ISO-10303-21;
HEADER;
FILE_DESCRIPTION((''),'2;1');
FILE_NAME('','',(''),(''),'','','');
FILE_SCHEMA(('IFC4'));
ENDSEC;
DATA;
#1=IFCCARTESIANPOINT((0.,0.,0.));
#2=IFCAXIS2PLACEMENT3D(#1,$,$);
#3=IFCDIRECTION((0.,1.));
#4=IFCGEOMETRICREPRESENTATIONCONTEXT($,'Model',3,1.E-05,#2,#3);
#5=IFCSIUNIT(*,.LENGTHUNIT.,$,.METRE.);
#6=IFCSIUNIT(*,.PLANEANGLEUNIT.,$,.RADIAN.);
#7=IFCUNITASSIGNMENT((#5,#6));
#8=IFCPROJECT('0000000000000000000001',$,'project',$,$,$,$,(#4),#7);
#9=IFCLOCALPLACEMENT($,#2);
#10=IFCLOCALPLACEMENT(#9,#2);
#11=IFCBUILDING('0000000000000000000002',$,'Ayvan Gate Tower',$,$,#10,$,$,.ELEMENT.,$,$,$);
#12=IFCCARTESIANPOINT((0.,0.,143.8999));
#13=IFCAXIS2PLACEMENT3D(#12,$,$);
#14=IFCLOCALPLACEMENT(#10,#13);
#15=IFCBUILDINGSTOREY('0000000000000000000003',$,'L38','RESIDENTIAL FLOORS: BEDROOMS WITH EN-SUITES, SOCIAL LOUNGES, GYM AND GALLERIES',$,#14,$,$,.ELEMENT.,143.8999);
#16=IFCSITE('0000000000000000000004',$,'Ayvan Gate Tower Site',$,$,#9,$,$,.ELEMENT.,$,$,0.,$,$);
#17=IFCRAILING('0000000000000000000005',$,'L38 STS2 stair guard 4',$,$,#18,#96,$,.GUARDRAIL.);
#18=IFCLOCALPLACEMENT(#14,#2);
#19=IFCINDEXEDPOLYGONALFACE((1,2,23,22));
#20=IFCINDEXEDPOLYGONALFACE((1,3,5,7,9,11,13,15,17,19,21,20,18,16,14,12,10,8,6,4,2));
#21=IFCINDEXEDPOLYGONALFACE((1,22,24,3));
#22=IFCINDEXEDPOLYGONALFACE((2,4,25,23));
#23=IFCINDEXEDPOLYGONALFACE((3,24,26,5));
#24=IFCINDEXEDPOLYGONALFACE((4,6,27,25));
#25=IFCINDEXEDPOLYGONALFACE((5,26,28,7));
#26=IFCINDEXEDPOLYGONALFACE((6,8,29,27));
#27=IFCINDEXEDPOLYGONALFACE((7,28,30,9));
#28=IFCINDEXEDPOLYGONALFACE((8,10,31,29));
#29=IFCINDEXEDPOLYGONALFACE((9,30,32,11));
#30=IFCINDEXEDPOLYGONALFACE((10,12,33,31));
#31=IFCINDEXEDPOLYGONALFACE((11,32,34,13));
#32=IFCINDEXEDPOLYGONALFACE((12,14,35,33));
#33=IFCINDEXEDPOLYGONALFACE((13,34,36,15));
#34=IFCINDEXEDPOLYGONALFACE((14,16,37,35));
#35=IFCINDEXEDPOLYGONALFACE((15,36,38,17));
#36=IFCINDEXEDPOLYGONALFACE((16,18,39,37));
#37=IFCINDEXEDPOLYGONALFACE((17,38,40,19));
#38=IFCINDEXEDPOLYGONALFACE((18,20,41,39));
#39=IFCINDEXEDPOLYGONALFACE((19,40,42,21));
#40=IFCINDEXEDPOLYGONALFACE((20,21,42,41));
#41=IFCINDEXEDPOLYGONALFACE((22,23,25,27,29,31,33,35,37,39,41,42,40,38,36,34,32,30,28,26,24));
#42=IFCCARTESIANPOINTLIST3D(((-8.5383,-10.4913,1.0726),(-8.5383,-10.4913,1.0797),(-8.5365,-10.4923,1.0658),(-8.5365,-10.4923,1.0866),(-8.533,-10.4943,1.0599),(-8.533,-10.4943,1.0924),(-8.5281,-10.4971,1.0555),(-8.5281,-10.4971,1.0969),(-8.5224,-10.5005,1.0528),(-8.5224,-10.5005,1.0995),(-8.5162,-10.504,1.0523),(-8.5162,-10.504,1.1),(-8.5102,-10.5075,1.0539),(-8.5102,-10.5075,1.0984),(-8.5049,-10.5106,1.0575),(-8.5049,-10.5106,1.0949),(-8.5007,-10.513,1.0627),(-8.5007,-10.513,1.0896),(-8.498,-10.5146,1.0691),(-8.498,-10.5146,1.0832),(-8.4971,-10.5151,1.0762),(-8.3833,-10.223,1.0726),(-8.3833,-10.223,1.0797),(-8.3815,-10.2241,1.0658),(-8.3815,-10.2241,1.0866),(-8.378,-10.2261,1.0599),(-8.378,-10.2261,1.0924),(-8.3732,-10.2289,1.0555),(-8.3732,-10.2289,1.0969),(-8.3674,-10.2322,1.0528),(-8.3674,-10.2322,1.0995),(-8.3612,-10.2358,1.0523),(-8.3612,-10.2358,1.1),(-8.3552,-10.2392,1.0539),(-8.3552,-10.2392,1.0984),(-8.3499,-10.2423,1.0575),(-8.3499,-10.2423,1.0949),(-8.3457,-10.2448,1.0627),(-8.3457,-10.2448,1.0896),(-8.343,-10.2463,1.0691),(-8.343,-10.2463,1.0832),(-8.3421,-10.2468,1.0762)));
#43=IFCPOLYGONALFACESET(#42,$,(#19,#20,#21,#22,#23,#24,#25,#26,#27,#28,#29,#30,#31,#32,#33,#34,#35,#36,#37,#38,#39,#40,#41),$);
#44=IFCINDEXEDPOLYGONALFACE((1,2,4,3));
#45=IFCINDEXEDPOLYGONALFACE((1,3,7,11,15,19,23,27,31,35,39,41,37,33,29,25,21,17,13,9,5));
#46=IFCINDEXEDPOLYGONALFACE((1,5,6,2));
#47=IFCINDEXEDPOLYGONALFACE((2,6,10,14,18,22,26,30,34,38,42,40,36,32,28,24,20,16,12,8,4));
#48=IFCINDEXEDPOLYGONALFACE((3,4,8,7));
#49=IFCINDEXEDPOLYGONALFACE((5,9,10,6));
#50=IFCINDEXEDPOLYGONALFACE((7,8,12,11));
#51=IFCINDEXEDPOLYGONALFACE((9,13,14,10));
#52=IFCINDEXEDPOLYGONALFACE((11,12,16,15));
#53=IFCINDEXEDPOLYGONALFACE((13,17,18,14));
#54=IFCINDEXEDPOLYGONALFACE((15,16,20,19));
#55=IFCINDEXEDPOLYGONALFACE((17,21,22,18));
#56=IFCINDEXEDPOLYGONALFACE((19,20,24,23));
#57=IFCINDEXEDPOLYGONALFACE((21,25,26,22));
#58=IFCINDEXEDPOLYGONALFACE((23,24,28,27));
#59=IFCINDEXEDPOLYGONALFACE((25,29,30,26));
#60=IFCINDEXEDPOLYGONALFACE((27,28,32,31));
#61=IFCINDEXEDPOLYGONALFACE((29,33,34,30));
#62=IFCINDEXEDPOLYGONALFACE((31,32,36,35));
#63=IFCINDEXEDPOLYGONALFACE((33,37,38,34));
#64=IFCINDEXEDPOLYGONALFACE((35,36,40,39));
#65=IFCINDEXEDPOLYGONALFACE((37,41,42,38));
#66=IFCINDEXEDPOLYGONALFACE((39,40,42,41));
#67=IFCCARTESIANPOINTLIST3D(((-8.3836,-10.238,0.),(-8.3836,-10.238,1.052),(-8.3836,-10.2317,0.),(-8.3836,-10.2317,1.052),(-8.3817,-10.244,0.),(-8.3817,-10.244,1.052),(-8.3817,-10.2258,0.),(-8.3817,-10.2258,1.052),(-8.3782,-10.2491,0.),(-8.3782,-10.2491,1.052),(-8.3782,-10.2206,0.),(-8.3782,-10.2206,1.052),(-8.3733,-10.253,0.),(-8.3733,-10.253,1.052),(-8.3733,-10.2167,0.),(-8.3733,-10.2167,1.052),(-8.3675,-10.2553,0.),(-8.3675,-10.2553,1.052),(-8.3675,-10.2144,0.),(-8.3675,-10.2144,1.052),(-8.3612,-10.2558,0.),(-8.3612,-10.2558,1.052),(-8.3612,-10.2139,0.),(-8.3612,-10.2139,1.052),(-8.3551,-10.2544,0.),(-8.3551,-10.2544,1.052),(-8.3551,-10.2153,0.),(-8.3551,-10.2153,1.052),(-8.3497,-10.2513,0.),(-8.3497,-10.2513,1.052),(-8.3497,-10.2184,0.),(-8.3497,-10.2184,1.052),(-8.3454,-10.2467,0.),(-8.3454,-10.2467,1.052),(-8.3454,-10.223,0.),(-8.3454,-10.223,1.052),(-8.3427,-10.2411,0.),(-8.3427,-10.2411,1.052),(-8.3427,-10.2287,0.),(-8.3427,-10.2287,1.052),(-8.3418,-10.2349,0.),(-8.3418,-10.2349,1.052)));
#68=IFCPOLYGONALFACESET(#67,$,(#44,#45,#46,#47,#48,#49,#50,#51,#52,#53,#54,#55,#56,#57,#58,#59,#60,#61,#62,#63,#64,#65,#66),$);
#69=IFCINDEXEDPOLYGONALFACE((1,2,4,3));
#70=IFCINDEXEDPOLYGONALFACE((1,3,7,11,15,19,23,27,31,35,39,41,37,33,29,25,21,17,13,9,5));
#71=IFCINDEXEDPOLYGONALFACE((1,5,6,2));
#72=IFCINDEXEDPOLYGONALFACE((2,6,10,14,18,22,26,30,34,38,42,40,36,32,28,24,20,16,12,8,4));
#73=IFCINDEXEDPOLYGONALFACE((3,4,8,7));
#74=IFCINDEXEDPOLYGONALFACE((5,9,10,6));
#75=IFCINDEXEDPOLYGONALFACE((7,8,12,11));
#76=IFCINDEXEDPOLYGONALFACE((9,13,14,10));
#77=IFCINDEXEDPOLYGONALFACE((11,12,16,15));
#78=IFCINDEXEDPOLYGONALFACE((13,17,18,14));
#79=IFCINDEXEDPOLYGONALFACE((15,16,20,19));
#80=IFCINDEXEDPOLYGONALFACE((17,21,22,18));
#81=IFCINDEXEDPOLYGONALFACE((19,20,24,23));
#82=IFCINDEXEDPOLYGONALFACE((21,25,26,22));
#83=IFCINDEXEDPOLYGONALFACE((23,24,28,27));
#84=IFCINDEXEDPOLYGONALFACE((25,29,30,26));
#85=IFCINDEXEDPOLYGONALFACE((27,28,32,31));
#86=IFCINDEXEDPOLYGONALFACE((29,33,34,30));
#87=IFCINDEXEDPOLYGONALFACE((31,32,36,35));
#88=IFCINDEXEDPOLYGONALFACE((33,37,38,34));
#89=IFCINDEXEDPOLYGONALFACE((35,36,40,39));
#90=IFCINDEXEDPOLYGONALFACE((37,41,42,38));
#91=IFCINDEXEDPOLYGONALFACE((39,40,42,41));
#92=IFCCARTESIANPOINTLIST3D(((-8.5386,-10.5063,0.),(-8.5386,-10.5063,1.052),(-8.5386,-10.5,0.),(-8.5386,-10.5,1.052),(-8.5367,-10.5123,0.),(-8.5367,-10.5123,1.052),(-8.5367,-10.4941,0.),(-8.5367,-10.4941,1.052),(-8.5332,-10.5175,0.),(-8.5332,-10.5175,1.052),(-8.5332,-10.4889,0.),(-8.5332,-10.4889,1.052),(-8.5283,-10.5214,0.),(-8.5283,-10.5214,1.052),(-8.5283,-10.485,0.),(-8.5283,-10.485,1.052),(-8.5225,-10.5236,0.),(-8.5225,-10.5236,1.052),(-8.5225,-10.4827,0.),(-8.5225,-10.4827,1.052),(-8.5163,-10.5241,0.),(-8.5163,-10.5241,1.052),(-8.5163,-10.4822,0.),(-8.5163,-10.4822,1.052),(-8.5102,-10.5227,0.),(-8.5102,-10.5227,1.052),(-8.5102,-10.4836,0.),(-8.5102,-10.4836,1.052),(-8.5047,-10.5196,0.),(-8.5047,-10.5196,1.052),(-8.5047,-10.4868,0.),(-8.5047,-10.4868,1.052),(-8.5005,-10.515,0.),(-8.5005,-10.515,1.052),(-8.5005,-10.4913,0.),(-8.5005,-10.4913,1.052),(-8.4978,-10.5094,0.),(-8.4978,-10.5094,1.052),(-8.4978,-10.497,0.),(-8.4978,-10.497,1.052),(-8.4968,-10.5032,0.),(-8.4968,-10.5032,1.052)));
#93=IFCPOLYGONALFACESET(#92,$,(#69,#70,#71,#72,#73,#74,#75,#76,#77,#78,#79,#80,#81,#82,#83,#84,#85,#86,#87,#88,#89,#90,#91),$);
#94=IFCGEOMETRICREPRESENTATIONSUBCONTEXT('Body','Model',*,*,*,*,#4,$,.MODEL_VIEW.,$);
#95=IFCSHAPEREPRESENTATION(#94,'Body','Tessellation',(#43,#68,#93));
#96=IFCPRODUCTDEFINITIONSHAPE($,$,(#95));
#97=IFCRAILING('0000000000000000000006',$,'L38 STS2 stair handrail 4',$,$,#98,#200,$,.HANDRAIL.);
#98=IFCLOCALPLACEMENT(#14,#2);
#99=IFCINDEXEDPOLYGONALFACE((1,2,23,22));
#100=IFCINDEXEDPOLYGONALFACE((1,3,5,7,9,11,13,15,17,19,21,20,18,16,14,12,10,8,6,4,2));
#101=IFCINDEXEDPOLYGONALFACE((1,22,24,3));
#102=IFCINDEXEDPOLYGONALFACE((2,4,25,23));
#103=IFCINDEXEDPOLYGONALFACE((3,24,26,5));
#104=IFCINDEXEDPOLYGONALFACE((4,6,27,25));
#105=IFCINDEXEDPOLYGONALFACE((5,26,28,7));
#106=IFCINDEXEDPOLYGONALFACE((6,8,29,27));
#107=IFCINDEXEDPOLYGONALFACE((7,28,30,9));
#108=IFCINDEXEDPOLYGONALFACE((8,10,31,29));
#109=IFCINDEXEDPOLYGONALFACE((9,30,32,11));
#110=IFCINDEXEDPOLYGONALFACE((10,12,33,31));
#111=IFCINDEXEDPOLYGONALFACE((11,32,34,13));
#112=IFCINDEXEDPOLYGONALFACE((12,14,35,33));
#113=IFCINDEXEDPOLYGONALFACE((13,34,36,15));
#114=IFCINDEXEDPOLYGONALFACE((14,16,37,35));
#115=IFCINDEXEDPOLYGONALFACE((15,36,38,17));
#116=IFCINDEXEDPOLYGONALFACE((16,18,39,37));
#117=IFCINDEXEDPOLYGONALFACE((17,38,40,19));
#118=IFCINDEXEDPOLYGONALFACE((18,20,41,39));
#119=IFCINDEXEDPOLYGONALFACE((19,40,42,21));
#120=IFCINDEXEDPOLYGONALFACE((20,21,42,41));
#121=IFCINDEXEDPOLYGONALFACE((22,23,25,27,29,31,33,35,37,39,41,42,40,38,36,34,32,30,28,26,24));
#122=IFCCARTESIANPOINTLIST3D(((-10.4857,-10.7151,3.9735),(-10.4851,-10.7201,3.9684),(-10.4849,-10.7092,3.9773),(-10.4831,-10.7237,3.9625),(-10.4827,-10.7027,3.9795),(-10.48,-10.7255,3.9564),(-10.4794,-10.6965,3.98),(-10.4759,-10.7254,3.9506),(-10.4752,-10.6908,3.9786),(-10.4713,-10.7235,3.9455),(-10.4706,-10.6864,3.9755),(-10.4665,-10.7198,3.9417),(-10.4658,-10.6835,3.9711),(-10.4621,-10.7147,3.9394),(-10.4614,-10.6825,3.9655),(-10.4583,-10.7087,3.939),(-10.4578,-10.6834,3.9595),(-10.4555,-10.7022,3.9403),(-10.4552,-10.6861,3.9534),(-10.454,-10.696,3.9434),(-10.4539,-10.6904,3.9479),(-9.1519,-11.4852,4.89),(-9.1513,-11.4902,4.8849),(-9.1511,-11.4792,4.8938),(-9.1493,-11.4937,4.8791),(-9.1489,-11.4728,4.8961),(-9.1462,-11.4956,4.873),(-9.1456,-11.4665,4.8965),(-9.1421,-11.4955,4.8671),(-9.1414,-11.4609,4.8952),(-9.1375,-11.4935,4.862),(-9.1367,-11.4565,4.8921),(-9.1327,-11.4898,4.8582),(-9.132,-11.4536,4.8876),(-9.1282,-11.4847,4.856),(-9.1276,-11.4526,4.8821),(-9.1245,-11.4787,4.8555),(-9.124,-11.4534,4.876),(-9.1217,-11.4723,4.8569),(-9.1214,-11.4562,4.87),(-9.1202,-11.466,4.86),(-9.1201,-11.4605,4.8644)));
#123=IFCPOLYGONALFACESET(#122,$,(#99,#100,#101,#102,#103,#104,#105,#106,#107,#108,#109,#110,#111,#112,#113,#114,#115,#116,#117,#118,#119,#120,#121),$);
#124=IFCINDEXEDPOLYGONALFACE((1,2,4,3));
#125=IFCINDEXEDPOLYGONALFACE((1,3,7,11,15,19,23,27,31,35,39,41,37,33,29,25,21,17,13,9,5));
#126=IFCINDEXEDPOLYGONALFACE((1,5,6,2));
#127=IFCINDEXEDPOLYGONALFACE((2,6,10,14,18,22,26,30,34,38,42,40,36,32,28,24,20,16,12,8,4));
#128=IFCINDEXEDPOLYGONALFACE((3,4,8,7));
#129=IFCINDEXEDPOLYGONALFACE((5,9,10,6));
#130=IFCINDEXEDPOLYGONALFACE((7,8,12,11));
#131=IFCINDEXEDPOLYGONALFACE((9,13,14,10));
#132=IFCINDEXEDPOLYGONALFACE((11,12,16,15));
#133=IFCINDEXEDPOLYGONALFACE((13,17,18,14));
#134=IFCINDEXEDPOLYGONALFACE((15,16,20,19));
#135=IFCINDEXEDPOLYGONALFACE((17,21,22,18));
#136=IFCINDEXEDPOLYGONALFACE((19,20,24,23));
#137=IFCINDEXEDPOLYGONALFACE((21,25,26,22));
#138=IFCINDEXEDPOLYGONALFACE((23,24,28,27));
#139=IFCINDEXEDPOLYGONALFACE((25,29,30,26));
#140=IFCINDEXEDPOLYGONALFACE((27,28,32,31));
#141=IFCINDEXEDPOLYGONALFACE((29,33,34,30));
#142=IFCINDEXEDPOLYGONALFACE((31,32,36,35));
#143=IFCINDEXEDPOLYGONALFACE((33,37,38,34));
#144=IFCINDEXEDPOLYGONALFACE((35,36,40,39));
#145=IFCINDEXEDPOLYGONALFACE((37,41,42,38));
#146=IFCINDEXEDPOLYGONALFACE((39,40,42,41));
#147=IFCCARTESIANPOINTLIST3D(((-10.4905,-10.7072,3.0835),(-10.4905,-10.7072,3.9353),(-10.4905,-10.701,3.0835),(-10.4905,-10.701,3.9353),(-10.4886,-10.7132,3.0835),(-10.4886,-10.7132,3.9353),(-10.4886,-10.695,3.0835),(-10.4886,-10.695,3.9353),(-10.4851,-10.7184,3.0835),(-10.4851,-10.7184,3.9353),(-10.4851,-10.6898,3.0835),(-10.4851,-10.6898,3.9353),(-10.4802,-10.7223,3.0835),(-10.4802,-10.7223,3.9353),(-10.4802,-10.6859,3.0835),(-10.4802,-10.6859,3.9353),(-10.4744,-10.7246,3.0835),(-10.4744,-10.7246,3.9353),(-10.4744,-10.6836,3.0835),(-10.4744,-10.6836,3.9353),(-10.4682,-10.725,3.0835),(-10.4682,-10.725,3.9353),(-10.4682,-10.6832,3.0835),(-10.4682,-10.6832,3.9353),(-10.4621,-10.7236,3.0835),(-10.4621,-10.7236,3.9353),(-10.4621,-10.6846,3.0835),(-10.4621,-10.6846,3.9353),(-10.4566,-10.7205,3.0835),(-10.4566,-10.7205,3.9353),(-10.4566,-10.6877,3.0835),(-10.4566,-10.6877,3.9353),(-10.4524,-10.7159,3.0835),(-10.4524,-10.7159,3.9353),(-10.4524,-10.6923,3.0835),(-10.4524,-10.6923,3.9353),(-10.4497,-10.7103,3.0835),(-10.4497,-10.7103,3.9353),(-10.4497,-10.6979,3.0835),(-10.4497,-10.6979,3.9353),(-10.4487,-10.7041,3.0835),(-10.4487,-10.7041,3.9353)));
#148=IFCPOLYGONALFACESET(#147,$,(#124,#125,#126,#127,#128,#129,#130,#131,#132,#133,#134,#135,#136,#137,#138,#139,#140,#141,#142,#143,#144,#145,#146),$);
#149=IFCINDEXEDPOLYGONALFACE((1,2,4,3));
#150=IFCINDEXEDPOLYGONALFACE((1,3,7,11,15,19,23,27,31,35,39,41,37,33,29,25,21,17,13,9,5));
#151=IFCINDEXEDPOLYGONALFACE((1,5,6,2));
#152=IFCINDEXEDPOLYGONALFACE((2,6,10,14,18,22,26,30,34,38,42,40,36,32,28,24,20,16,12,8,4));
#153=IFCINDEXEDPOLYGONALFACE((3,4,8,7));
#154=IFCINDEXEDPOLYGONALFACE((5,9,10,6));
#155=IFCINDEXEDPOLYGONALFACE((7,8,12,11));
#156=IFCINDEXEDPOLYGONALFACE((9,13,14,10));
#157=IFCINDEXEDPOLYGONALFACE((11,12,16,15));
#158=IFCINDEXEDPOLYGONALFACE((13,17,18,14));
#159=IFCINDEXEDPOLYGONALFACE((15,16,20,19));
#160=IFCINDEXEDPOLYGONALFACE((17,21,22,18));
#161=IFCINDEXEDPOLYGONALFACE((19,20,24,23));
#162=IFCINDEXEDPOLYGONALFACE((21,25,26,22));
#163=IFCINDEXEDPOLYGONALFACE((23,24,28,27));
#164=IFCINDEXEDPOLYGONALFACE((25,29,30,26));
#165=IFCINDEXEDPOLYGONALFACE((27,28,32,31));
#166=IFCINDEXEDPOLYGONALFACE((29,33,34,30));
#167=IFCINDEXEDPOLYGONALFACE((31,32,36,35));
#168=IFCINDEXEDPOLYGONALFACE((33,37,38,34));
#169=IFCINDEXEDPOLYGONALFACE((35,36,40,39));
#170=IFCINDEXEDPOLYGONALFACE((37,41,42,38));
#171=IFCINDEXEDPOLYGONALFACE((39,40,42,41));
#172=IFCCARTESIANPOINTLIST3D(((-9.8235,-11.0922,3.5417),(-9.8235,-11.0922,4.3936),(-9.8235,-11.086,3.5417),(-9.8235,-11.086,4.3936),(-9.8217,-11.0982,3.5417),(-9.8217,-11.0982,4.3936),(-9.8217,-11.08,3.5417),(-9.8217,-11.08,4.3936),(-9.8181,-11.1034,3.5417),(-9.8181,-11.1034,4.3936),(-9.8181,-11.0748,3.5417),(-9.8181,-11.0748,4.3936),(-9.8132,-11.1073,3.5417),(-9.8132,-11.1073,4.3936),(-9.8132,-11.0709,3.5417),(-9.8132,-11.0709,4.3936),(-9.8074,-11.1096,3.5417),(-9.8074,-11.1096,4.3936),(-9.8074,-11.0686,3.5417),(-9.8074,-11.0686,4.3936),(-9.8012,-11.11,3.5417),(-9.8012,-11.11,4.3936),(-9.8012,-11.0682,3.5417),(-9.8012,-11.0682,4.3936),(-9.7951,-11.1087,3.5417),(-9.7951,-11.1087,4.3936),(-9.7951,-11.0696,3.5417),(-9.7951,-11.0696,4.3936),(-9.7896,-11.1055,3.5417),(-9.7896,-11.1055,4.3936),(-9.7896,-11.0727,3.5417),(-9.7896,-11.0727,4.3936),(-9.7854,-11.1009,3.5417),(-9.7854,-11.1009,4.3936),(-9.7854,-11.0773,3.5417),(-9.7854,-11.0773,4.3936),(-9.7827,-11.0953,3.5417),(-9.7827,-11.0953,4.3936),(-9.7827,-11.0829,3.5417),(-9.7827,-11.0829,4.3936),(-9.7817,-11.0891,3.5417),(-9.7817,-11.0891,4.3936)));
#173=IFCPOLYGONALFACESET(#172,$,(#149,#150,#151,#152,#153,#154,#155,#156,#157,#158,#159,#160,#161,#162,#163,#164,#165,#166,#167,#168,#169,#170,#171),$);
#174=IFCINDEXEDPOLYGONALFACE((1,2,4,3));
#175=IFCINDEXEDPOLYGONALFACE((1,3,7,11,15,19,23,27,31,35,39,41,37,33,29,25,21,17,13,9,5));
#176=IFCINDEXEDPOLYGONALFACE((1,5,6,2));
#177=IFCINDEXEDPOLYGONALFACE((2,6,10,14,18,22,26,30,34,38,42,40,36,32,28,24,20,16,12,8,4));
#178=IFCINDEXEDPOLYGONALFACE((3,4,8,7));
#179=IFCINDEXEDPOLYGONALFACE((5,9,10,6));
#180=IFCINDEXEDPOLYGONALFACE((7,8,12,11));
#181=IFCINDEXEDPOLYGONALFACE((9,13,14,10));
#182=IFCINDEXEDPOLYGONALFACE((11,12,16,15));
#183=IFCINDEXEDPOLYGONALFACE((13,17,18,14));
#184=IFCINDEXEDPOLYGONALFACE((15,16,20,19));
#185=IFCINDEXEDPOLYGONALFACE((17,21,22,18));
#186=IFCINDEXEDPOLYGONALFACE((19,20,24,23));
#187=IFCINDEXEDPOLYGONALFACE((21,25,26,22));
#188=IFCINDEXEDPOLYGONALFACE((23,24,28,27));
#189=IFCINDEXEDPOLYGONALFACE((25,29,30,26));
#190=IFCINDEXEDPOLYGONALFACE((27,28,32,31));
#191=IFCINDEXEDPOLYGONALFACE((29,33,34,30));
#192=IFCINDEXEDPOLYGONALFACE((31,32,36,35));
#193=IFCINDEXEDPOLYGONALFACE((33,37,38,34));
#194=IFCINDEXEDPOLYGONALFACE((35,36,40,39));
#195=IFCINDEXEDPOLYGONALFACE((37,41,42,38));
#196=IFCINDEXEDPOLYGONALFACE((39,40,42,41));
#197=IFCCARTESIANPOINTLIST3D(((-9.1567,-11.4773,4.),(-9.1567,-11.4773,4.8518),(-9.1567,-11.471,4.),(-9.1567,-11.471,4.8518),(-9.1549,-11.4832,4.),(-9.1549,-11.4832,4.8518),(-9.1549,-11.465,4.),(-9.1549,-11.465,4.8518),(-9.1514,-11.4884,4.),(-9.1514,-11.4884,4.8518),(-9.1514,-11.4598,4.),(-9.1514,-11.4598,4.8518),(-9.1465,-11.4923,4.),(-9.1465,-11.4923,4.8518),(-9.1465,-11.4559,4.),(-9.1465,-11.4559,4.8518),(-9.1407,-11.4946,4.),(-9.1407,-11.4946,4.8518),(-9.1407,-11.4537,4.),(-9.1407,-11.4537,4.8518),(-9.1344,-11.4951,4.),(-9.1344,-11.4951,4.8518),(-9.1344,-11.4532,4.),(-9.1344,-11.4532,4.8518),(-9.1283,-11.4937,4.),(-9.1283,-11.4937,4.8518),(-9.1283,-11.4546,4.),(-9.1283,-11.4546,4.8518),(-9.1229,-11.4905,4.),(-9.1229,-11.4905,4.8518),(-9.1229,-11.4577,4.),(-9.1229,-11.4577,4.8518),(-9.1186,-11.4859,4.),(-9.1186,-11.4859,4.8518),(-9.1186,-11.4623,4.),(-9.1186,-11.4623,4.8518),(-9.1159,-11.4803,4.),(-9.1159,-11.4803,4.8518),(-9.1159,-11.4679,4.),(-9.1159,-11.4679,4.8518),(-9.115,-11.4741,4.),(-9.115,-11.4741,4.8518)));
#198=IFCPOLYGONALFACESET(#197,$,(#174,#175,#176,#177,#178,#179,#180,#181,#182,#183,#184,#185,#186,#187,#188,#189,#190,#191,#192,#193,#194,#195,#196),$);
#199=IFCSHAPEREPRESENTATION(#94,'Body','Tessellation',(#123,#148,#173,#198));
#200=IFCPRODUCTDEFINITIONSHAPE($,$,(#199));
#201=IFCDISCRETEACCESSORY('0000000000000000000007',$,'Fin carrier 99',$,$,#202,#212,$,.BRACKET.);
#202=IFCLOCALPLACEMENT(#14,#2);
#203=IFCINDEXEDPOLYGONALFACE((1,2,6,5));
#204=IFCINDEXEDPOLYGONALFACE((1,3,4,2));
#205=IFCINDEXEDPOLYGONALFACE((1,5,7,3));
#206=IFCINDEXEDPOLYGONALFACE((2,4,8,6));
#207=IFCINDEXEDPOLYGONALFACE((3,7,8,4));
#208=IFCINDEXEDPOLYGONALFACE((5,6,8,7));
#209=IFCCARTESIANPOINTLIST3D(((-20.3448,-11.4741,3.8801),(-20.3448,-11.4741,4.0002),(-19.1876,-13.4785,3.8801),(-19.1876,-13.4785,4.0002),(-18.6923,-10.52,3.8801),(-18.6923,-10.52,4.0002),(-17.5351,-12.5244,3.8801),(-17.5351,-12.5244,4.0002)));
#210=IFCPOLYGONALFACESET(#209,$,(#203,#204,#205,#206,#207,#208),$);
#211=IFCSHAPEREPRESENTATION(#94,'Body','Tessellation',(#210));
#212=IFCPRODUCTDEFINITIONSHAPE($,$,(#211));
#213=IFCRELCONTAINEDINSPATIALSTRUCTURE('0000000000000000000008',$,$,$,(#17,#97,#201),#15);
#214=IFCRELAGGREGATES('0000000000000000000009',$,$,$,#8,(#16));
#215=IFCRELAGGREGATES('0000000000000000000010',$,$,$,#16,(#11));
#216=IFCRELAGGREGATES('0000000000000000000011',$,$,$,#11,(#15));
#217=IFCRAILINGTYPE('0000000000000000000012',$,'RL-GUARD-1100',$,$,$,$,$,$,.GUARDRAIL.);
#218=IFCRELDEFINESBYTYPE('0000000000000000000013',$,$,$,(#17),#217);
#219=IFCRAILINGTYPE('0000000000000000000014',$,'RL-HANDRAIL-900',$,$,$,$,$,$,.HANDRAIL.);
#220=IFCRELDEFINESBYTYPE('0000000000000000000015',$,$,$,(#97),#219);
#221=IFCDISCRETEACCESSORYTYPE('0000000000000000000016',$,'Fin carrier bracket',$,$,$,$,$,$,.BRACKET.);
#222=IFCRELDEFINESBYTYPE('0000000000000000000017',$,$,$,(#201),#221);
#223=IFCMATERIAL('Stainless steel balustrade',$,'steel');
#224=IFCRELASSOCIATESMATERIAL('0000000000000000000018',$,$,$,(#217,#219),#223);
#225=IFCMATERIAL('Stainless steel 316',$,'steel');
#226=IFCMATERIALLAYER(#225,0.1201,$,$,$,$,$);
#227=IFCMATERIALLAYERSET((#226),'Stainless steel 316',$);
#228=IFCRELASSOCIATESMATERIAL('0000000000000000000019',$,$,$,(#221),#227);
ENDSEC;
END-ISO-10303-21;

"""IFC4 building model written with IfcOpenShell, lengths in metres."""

from ifc_helpers import new_model, si_unit, direction, frame, origin, origin_2d, place, context, subcontext, project, spatial, rectangle, circle, extrude, material, layer, layer_set, type_object, element, save


model = new_model("IFC4")

# Units and contexts
model_context = context("Model", 3, precision=1e-05, world=origin(), true_north=direction((0.0, 1.0)))
body_context = subcontext(model_context, "Body", "Model", "MODEL_VIEW")
ifc_project = project(units=[si_unit("LENGTHUNIT", "METRE"), si_unit("PLANEANGLEUNIT", "RADIAN")], contexts=[model_context])

# Site, building, storey
site_placement = place(None, origin())
site = spatial("IfcSite", under=ifc_project, at=site_placement, Name="Ayvan Gate Tower Site", CompositionType="ELEMENT", RefElevation=0.0)
building_placement = place(site_placement, origin())
building = spatial("IfcBuilding", under=site, at=building_placement, Name="Ayvan Gate Tower", CompositionType="ELEMENT")
storey_placement = place(building_placement, frame((0.0, 0.0, 143.8999)))
storey = spatial("IfcBuildingStorey", under=building, at=storey_placement, Name="L38", Description="RESIDENTIAL FLOORS: BEDROOMS WITH EN-SUITES, SOCIAL LOUNGES, GYM AND GALLERIES", CompositionType="ELEMENT", Elevation=143.8999)

# Railings
ifc_material_1 = material(Name="Stainless steel balustrade", Category="steel")
railing_type_1 = type_object("IfcRailingType", Name="RL-GUARD-1100", PredefinedType="GUARDRAIL", material=ifc_material_1)
railing_1_placement = place(storey_placement, frame((-8.3628, -10.2349, 0.0)))
element("IfcRailing", 1, at=railing_1_placement, inside=storey, type_object=railing_type_1, Name="L38 STS2 stair guard 4", PredefinedType="GUARDRAIL", context=body_context, shape_type="SweptSolid", body=[
    extrude(circle(Radius=0.0239, at=origin_2d()), frame((0.0, 0.0, 1.0762), z_axis=(-0.500291, -0.865857, 0.0), x_axis=(0.865857, -0.500291, 0.0)), (0.0, 0.0, 1.0), 0.3098),
    extrude(circle(Radius=0.021, at=origin_2d()), origin(), (0.0, 0.0, 1.0), 1.052),
    extrude(circle(Radius=0.021, at=origin_2d()), frame((-0.155, -0.2683, 0.0)), (0.0, 0.0, 1.0), 1.052),
])
railing_type_2 = type_object("IfcRailingType", Name="RL-HANDRAIL-900", PredefinedType="HANDRAIL", material=ifc_material_1)
railing_2_placement = place(storey_placement, frame((-10.4697, -10.7041, 3.0835)))
element("IfcRailing", 2, at=railing_2_placement, inside=storey, type_object=railing_type_2, Name="L38 STS2 stair handrail 4", PredefinedType="HANDRAIL", context=body_context, shape_type="SweptSolid", body=[
    extrude(circle(Radius=0.0239, at=origin_2d()), frame((0.0, 0.0, 0.876), z_axis=(0.744216, -0.429664, 0.511401), x_axis=(0.499992, 0.86603, 0.0)), (0.0, 0.0, 1.0), 1.7922),
    extrude(circle(Radius=0.021, at=origin_2d()), origin(), (0.0, 0.0, 1.0), 0.8518),
    extrude(circle(Radius=0.021, at=origin_2d()), frame((0.667, -0.385, 0.4583)), (0.0, 0.0, 1.0), 0.8518),
    extrude(circle(Radius=0.021, at=origin_2d()), frame((1.3337, -0.77, 0.9165)), (0.0, 0.0, 1.0), 0.8518),
])

# Discrete accessory
ifc_material_2 = material(Name="Stainless steel 316", Category="steel")
ifc_layer_1 = layer(ifc_material_2, 0.1201)
ifc_layer_set_1 = layer_set([ifc_layer_1], Name="Stainless steel 316")
discrete_accessory_type = type_object("IfcDiscreteAccessoryType", Name="Fin carrier bracket", PredefinedType="BRACKET", material=ifc_layer_set_1)
discrete_accessory_1_placement = place(storey_placement, frame((-18.9399, -11.9993, 3.8801), z_axis=(0.0, 0.0, 1.0), x_axis=(0.5, -0.866025, 0.0)))
element("IfcDiscreteAccessory", 3, at=discrete_accessory_1_placement, inside=storey, type_object=discrete_accessory_type, Name="Fin carrier 99", PredefinedType="BRACKET", context=body_context, shape_type="SweptSolid", body=[
    extrude(rectangle(XDim=2.3145, YDim=1.9082, at=origin_2d()), origin(), (0.0, 0.0, 1.0), 0.1201),
])

save(model, "model.ifc")
